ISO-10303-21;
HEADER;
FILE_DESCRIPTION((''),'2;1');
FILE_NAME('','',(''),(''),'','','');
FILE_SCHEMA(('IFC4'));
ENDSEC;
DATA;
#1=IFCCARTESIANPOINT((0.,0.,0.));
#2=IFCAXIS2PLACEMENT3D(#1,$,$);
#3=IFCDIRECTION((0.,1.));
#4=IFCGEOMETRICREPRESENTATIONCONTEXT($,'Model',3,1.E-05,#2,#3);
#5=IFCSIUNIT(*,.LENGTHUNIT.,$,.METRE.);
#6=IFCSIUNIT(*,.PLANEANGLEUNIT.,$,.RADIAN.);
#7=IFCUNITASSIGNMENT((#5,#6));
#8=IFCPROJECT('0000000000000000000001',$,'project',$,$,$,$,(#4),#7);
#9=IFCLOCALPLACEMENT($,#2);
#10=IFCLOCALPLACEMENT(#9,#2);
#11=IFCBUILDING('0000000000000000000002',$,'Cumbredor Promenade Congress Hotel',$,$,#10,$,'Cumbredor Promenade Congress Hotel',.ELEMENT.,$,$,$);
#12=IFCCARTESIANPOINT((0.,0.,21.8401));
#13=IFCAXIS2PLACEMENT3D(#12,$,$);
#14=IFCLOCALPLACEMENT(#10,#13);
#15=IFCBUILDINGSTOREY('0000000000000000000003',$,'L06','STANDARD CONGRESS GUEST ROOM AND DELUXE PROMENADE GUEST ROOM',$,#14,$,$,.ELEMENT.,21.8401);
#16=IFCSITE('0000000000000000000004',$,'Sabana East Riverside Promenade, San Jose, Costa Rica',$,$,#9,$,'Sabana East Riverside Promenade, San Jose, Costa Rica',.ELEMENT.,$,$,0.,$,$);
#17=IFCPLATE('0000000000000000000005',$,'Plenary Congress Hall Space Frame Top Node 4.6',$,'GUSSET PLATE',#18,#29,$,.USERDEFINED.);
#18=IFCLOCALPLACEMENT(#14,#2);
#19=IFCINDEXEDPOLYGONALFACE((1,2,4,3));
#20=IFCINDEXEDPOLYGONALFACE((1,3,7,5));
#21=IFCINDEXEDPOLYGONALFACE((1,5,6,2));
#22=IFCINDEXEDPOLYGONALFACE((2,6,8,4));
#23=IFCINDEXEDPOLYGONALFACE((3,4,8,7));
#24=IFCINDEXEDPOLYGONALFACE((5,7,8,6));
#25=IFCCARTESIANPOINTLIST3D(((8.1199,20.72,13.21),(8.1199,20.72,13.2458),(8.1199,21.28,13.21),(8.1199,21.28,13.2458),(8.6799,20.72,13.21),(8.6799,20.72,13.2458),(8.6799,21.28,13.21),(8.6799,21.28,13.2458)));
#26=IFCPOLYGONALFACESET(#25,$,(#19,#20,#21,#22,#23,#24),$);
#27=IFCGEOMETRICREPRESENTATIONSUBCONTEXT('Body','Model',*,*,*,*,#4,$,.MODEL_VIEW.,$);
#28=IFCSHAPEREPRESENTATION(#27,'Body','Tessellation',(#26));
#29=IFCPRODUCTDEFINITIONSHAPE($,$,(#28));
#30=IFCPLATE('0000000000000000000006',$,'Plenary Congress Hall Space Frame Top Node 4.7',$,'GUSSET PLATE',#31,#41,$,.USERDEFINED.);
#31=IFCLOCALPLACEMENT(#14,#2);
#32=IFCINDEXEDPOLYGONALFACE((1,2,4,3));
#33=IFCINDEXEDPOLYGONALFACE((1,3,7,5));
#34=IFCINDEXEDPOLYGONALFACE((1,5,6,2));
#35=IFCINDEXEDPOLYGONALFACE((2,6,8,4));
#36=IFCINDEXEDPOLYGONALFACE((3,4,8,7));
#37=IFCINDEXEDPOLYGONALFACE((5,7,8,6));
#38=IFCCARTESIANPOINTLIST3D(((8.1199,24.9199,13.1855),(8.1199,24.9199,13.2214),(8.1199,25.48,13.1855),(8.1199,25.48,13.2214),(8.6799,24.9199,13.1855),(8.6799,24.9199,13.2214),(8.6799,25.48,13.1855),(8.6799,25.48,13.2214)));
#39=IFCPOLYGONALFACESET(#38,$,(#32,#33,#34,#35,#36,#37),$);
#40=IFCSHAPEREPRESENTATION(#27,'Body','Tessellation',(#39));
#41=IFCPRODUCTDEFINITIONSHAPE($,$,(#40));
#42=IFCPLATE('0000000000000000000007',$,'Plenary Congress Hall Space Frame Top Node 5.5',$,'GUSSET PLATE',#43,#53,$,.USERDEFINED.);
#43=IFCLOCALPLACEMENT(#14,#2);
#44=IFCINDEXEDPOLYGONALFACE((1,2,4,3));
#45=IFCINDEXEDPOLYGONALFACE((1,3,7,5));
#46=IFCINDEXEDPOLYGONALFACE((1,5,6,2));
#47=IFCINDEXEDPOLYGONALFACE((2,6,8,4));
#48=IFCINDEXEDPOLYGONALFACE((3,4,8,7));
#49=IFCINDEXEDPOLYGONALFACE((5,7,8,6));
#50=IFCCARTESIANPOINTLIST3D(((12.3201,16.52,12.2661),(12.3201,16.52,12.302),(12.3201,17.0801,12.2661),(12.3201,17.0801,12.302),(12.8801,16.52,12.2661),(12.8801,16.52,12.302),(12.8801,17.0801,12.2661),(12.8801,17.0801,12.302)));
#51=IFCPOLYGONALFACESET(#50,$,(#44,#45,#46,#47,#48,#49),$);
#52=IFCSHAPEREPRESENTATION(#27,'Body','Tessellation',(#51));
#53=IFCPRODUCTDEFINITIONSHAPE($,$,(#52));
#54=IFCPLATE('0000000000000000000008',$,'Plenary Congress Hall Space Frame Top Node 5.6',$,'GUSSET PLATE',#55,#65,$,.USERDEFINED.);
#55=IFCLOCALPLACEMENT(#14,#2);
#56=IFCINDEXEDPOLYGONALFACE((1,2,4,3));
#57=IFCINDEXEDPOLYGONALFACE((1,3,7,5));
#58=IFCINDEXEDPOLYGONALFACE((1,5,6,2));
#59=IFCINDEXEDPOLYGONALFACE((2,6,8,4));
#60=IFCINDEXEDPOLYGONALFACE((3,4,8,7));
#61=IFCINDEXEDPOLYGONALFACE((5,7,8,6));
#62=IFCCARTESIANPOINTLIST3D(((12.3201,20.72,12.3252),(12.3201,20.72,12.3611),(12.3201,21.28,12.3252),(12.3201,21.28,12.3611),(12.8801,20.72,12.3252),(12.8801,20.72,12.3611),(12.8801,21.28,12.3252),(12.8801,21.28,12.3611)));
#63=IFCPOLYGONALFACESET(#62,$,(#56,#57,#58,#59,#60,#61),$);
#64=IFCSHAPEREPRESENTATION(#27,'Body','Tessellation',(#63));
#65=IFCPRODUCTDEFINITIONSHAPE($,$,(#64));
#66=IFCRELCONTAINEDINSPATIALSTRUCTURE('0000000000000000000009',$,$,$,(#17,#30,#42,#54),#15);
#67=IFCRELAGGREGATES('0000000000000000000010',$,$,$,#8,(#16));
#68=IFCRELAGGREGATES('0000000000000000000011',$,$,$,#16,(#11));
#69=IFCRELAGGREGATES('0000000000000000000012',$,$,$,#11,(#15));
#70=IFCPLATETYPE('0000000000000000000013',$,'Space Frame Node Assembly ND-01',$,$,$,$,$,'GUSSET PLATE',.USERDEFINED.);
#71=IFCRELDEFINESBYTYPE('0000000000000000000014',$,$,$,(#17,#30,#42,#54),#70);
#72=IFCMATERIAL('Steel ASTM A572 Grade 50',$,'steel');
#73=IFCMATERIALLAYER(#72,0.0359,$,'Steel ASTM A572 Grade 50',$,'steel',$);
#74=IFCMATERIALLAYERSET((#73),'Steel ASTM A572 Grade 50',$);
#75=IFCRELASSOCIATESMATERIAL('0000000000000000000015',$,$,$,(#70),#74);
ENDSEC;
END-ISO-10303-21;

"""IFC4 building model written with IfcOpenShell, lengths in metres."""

from ifc_helpers import new_model, si_unit, direction, frame, origin, origin_2d, place, context, subcontext, project, spatial, rectangle, extrude, material, layer, layer_set, type_object, element, save


model = new_model("IFC4")

# Units and contexts
model_context = context("Model", 3, precision=1e-05, world=origin(), true_north=direction((0.0, 1.0)))
body_context = subcontext(model_context, "Body", "Model", "MODEL_VIEW")
ifc_project = project(units=[si_unit("LENGTHUNIT", "METRE"), si_unit("PLANEANGLEUNIT", "RADIAN")], contexts=[model_context])

# Site, building, storey
site_placement = place(None, origin())
site = spatial("IfcSite", under=ifc_project, at=site_placement, Name="Sabana East Riverside Promenade, San Jose, Costa Rica", LongName="Sabana East Riverside Promenade, San Jose, Costa Rica", CompositionType="ELEMENT", RefElevation=0.0)
building_placement = place(site_placement, origin())
building = spatial("IfcBuilding", under=site, at=building_placement, Name="Cumbredor Promenade Congress Hotel", LongName="Cumbredor Promenade Congress Hotel", CompositionType="ELEMENT")
storey_placement = place(building_placement, frame((0.0, 0.0, 21.8401)))
storey = spatial("IfcBuildingStorey", under=building, at=storey_placement, Name="L06", Description="STANDARD CONGRESS GUEST ROOM AND DELUXE PROMENADE GUEST ROOM", CompositionType="ELEMENT", Elevation=21.8401)

# Plates
ifc_material_1 = material(Name="Steel ASTM A572 Grade 50", Category="steel")
ifc_layer = layer(ifc_material_1, 0.0359, Name="Steel ASTM A572 Grade 50", Category="steel")
ifc_layer_set = layer_set([ifc_layer], Name="Steel ASTM A572 Grade 50")
plate_type = type_object("IfcPlateType", Name="Space Frame Node Assembly ND-01", ElementType="GUSSET PLATE", PredefinedType="USERDEFINED", material=ifc_layer_set)
for number, where, z_axis, x_axis, name in (
    (1, (8.3999, 21.0, 13.21), (0.0, 0.0, 1.0), (1.0, 0.0, 0.0), "Plenary Congress Hall Space Frame Top Node 4.6"),
    (2, (8.3999, 25.2, 13.1855), (0.0, 0.0, 1.0), (1.0, 0.0, 0.0), "Plenary Congress Hall Space Frame Top Node 4.7"),
    (3, (12.6001, 16.8, 12.2661), (0.0, 0.0, 1.0), (1.0, 0.0, 0.0), "Plenary Congress Hall Space Frame Top Node 5.5"),
    (4, (12.6001, 21.0, 12.3252), (0.0, 0.0, 1.0), (1.0, 0.0, 0.0), "Plenary Congress Hall Space Frame Top Node 5.6"),
):
    element("IfcPlate", number, at=place(storey_placement, frame(where, z_axis=z_axis, x_axis=x_axis)), inside=storey, type_object=plate_type, Name=name, ObjectType="GUSSET PLATE", PredefinedType="USERDEFINED", context=body_context, shape_type="SweptSolid", body=[
        extrude(rectangle(XDim=0.5601, YDim=0.5601, at=origin_2d()), origin(), (0.0, 0.0, 1.0), 0.0359),
    ])

save(model, "model.ifc")
